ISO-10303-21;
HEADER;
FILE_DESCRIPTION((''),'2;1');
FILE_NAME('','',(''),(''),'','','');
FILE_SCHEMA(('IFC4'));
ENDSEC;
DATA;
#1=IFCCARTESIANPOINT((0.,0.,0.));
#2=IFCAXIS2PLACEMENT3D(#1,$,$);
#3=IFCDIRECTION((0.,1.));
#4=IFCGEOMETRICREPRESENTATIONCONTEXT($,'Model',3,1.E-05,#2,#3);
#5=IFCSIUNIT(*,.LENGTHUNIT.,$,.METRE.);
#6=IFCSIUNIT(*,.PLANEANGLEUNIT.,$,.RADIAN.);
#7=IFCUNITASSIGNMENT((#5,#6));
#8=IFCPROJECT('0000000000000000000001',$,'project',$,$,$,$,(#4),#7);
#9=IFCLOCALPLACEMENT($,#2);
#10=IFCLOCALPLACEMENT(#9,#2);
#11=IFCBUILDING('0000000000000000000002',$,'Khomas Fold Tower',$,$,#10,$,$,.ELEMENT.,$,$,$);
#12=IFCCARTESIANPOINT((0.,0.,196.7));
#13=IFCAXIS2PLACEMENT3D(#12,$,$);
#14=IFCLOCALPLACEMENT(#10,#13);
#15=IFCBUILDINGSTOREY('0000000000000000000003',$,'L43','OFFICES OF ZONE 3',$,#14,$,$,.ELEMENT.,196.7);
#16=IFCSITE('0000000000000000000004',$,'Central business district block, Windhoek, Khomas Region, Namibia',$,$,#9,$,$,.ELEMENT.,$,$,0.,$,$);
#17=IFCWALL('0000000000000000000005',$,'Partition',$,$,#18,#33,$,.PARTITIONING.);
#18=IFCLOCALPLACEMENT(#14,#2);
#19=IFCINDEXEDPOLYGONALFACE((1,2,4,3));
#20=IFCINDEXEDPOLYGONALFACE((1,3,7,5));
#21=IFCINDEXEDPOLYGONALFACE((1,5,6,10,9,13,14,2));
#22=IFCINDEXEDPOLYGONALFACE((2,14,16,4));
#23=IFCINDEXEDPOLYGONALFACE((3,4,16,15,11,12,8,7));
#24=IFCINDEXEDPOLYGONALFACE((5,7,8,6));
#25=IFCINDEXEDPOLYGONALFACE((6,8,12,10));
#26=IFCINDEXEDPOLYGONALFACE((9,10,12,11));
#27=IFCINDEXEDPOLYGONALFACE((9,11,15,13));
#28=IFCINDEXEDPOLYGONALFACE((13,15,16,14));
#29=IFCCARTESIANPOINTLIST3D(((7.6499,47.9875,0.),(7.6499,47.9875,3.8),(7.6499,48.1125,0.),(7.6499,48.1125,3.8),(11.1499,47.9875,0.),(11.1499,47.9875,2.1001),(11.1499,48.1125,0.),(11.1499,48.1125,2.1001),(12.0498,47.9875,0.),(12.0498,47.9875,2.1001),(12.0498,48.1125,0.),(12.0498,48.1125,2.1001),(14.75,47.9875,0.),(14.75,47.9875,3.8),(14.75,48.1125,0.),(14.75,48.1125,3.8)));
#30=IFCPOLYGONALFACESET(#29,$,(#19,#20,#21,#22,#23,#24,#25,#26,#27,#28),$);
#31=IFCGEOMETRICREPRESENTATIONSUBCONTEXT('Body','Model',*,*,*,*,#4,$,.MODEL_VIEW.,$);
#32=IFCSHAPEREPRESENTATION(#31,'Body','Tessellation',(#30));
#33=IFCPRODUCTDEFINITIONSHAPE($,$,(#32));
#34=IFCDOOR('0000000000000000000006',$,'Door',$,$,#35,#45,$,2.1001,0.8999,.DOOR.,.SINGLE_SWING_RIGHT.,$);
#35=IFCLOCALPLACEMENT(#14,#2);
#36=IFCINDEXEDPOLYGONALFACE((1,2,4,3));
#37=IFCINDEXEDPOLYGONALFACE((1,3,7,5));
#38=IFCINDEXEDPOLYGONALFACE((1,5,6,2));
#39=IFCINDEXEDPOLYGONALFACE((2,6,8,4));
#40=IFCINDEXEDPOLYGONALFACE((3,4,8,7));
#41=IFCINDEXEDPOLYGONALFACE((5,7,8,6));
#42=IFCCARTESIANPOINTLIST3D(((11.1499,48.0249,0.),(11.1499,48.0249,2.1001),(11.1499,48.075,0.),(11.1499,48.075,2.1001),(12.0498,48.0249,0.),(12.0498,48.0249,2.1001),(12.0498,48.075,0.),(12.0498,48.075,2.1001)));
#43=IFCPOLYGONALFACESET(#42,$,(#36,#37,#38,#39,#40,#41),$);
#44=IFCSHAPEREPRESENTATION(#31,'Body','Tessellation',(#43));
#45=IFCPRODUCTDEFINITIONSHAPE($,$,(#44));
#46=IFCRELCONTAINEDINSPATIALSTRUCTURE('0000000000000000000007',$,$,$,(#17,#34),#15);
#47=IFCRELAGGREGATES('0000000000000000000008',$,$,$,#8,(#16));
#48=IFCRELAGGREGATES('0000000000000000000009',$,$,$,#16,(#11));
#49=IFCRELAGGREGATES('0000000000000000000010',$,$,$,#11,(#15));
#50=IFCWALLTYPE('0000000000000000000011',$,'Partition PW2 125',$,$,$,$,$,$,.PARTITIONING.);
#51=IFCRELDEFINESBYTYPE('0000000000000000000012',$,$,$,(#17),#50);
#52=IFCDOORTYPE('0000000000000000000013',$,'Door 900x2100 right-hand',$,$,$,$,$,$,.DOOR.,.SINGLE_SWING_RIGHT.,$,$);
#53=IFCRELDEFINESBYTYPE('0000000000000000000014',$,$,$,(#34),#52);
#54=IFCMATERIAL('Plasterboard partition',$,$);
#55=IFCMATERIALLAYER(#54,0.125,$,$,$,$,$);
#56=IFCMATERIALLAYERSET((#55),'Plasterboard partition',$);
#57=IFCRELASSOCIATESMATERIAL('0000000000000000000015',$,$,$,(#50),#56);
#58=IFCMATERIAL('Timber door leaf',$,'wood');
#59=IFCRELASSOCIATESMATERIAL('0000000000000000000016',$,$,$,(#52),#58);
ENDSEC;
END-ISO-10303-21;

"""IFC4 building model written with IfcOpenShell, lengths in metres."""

from ifc_helpers import new_model, si_unit, direction, frame, frame_2d, origin, place, context, subcontext, project, spatial, rectangle, extrude, source, transform, mapped, material, layer, layer_set, type_object, element, fill, save


model = new_model("IFC4")

# Units and contexts
model_context = context("Model", 3, precision=1e-05, world=origin(), true_north=direction((0.0, 1.0)))
body_context = subcontext(model_context, "Body", "Model", "MODEL_VIEW")
ifc_project = project(units=[si_unit("LENGTHUNIT", "METRE"), si_unit("PLANEANGLEUNIT", "RADIAN")], contexts=[model_context])

# Site, building, storey
site_placement = place(None, origin())
site = spatial("IfcSite", under=ifc_project, at=site_placement, Name="Central business district block, Windhoek, Khomas Region, Namibia", CompositionType="ELEMENT", RefElevation=0.0)
building_placement = place(site_placement, origin())
building = spatial("IfcBuilding", under=site, at=building_placement, Name="Khomas Fold Tower", CompositionType="ELEMENT")
storey_placement = place(building_placement, frame((0.0, 0.0, 196.7)))
storey = spatial("IfcBuildingStorey", under=building, at=storey_placement, Name="L43", Description="OFFICES OF ZONE 3", CompositionType="ELEMENT", Elevation=196.7)

# Shared definitions
ifc_material_1 = material(Name="Plasterboard partition")
ifc_layer_1 = layer(ifc_material_1, 0.125)
ifc_layer_set_1 = layer_set([ifc_layer_1], Name="Plasterboard partition")
wall_type = type_object("IfcWallType", Name="Partition PW2 125", PredefinedType="PARTITIONING", material=ifc_layer_set_1)

# Wall, opening, door
shared_shape_1 = source(origin(), body_context, "Body", "SweptSolid", [
    extrude(rectangle(XDim=7.1001, YDim=0.125, at=frame_2d((3.55, 0.0))), origin(), (0.0, 0.0, 1.0), 3.8),
])
wall_1_placement = place(storey_placement, frame((7.6499, 48.05, 0.0), z_axis=(0.0, 0.0, 1.0), x_axis=(1.0, 0.0, 0.0)))
wall_1 = element("IfcWall", 1, at=wall_1_placement, inside=storey, type_object=wall_type, Name="Partition", PredefinedType="PARTITIONING", context=body_context, shape_type="MappedRepresentation", body=[
    mapped(shared_shape_1, transform((0.0, 0.0, 0.0))),
])
shared_shape_2 = source(origin(), body_context, "Body", "SweptSolid", [
    extrude(rectangle(XDim=0.8999, YDim=2.1001, at=frame_2d((0.45, 1.05))), frame((0.0, 0.0725, 0.0), z_axis=(0.0, -1.0, 0.0), x_axis=(1.0, 0.0, 0.0)), (0.0, 0.0, 1.0), 0.145),
])
opening_placement = place(wall_1_placement, frame((3.5, 0.0, 0.0)))
opening = element("IfcOpeningElement", 2, at=opening_placement, cuts=wall_1, PredefinedType="OPENING", context=body_context, shape_type="MappedRepresentation", body=[
    mapped(shared_shape_2, transform((0.0, 0.0, 0.0))),
])
ifc_material_2 = material(Name="Timber door leaf", Category="wood")
door_type = type_object("IfcDoorType", Name="Door 900x2100 right-hand", OperationType="SINGLE_SWING_RIGHT", PredefinedType="DOOR", material=ifc_material_2)
shared_shape_3 = source(origin(), body_context, "Body", "SweptSolid", [
    extrude(rectangle(XDim=0.8999, YDim=2.1001, at=frame_2d((0.45, 1.05))), frame((0.0, 0.0249, 0.0), z_axis=(0.0, -1.0, 0.0), x_axis=(1.0, 0.0, 0.0)), (0.0, 0.0, 1.0), 0.05),
])
door_placement = place(opening_placement, origin())
door = element("IfcDoor", 3, at=door_placement, inside=storey, type_object=door_type, Name="Door", OperationType="SINGLE_SWING_RIGHT", OverallHeight=2.1001, OverallWidth=0.8999, PredefinedType="DOOR", context=body_context, shape_type="MappedRepresentation", body=[
    mapped(shared_shape_3, transform((0.0, 0.0, 0.0))),
])
fill(opening, door)

save(model, "model.ifc")
